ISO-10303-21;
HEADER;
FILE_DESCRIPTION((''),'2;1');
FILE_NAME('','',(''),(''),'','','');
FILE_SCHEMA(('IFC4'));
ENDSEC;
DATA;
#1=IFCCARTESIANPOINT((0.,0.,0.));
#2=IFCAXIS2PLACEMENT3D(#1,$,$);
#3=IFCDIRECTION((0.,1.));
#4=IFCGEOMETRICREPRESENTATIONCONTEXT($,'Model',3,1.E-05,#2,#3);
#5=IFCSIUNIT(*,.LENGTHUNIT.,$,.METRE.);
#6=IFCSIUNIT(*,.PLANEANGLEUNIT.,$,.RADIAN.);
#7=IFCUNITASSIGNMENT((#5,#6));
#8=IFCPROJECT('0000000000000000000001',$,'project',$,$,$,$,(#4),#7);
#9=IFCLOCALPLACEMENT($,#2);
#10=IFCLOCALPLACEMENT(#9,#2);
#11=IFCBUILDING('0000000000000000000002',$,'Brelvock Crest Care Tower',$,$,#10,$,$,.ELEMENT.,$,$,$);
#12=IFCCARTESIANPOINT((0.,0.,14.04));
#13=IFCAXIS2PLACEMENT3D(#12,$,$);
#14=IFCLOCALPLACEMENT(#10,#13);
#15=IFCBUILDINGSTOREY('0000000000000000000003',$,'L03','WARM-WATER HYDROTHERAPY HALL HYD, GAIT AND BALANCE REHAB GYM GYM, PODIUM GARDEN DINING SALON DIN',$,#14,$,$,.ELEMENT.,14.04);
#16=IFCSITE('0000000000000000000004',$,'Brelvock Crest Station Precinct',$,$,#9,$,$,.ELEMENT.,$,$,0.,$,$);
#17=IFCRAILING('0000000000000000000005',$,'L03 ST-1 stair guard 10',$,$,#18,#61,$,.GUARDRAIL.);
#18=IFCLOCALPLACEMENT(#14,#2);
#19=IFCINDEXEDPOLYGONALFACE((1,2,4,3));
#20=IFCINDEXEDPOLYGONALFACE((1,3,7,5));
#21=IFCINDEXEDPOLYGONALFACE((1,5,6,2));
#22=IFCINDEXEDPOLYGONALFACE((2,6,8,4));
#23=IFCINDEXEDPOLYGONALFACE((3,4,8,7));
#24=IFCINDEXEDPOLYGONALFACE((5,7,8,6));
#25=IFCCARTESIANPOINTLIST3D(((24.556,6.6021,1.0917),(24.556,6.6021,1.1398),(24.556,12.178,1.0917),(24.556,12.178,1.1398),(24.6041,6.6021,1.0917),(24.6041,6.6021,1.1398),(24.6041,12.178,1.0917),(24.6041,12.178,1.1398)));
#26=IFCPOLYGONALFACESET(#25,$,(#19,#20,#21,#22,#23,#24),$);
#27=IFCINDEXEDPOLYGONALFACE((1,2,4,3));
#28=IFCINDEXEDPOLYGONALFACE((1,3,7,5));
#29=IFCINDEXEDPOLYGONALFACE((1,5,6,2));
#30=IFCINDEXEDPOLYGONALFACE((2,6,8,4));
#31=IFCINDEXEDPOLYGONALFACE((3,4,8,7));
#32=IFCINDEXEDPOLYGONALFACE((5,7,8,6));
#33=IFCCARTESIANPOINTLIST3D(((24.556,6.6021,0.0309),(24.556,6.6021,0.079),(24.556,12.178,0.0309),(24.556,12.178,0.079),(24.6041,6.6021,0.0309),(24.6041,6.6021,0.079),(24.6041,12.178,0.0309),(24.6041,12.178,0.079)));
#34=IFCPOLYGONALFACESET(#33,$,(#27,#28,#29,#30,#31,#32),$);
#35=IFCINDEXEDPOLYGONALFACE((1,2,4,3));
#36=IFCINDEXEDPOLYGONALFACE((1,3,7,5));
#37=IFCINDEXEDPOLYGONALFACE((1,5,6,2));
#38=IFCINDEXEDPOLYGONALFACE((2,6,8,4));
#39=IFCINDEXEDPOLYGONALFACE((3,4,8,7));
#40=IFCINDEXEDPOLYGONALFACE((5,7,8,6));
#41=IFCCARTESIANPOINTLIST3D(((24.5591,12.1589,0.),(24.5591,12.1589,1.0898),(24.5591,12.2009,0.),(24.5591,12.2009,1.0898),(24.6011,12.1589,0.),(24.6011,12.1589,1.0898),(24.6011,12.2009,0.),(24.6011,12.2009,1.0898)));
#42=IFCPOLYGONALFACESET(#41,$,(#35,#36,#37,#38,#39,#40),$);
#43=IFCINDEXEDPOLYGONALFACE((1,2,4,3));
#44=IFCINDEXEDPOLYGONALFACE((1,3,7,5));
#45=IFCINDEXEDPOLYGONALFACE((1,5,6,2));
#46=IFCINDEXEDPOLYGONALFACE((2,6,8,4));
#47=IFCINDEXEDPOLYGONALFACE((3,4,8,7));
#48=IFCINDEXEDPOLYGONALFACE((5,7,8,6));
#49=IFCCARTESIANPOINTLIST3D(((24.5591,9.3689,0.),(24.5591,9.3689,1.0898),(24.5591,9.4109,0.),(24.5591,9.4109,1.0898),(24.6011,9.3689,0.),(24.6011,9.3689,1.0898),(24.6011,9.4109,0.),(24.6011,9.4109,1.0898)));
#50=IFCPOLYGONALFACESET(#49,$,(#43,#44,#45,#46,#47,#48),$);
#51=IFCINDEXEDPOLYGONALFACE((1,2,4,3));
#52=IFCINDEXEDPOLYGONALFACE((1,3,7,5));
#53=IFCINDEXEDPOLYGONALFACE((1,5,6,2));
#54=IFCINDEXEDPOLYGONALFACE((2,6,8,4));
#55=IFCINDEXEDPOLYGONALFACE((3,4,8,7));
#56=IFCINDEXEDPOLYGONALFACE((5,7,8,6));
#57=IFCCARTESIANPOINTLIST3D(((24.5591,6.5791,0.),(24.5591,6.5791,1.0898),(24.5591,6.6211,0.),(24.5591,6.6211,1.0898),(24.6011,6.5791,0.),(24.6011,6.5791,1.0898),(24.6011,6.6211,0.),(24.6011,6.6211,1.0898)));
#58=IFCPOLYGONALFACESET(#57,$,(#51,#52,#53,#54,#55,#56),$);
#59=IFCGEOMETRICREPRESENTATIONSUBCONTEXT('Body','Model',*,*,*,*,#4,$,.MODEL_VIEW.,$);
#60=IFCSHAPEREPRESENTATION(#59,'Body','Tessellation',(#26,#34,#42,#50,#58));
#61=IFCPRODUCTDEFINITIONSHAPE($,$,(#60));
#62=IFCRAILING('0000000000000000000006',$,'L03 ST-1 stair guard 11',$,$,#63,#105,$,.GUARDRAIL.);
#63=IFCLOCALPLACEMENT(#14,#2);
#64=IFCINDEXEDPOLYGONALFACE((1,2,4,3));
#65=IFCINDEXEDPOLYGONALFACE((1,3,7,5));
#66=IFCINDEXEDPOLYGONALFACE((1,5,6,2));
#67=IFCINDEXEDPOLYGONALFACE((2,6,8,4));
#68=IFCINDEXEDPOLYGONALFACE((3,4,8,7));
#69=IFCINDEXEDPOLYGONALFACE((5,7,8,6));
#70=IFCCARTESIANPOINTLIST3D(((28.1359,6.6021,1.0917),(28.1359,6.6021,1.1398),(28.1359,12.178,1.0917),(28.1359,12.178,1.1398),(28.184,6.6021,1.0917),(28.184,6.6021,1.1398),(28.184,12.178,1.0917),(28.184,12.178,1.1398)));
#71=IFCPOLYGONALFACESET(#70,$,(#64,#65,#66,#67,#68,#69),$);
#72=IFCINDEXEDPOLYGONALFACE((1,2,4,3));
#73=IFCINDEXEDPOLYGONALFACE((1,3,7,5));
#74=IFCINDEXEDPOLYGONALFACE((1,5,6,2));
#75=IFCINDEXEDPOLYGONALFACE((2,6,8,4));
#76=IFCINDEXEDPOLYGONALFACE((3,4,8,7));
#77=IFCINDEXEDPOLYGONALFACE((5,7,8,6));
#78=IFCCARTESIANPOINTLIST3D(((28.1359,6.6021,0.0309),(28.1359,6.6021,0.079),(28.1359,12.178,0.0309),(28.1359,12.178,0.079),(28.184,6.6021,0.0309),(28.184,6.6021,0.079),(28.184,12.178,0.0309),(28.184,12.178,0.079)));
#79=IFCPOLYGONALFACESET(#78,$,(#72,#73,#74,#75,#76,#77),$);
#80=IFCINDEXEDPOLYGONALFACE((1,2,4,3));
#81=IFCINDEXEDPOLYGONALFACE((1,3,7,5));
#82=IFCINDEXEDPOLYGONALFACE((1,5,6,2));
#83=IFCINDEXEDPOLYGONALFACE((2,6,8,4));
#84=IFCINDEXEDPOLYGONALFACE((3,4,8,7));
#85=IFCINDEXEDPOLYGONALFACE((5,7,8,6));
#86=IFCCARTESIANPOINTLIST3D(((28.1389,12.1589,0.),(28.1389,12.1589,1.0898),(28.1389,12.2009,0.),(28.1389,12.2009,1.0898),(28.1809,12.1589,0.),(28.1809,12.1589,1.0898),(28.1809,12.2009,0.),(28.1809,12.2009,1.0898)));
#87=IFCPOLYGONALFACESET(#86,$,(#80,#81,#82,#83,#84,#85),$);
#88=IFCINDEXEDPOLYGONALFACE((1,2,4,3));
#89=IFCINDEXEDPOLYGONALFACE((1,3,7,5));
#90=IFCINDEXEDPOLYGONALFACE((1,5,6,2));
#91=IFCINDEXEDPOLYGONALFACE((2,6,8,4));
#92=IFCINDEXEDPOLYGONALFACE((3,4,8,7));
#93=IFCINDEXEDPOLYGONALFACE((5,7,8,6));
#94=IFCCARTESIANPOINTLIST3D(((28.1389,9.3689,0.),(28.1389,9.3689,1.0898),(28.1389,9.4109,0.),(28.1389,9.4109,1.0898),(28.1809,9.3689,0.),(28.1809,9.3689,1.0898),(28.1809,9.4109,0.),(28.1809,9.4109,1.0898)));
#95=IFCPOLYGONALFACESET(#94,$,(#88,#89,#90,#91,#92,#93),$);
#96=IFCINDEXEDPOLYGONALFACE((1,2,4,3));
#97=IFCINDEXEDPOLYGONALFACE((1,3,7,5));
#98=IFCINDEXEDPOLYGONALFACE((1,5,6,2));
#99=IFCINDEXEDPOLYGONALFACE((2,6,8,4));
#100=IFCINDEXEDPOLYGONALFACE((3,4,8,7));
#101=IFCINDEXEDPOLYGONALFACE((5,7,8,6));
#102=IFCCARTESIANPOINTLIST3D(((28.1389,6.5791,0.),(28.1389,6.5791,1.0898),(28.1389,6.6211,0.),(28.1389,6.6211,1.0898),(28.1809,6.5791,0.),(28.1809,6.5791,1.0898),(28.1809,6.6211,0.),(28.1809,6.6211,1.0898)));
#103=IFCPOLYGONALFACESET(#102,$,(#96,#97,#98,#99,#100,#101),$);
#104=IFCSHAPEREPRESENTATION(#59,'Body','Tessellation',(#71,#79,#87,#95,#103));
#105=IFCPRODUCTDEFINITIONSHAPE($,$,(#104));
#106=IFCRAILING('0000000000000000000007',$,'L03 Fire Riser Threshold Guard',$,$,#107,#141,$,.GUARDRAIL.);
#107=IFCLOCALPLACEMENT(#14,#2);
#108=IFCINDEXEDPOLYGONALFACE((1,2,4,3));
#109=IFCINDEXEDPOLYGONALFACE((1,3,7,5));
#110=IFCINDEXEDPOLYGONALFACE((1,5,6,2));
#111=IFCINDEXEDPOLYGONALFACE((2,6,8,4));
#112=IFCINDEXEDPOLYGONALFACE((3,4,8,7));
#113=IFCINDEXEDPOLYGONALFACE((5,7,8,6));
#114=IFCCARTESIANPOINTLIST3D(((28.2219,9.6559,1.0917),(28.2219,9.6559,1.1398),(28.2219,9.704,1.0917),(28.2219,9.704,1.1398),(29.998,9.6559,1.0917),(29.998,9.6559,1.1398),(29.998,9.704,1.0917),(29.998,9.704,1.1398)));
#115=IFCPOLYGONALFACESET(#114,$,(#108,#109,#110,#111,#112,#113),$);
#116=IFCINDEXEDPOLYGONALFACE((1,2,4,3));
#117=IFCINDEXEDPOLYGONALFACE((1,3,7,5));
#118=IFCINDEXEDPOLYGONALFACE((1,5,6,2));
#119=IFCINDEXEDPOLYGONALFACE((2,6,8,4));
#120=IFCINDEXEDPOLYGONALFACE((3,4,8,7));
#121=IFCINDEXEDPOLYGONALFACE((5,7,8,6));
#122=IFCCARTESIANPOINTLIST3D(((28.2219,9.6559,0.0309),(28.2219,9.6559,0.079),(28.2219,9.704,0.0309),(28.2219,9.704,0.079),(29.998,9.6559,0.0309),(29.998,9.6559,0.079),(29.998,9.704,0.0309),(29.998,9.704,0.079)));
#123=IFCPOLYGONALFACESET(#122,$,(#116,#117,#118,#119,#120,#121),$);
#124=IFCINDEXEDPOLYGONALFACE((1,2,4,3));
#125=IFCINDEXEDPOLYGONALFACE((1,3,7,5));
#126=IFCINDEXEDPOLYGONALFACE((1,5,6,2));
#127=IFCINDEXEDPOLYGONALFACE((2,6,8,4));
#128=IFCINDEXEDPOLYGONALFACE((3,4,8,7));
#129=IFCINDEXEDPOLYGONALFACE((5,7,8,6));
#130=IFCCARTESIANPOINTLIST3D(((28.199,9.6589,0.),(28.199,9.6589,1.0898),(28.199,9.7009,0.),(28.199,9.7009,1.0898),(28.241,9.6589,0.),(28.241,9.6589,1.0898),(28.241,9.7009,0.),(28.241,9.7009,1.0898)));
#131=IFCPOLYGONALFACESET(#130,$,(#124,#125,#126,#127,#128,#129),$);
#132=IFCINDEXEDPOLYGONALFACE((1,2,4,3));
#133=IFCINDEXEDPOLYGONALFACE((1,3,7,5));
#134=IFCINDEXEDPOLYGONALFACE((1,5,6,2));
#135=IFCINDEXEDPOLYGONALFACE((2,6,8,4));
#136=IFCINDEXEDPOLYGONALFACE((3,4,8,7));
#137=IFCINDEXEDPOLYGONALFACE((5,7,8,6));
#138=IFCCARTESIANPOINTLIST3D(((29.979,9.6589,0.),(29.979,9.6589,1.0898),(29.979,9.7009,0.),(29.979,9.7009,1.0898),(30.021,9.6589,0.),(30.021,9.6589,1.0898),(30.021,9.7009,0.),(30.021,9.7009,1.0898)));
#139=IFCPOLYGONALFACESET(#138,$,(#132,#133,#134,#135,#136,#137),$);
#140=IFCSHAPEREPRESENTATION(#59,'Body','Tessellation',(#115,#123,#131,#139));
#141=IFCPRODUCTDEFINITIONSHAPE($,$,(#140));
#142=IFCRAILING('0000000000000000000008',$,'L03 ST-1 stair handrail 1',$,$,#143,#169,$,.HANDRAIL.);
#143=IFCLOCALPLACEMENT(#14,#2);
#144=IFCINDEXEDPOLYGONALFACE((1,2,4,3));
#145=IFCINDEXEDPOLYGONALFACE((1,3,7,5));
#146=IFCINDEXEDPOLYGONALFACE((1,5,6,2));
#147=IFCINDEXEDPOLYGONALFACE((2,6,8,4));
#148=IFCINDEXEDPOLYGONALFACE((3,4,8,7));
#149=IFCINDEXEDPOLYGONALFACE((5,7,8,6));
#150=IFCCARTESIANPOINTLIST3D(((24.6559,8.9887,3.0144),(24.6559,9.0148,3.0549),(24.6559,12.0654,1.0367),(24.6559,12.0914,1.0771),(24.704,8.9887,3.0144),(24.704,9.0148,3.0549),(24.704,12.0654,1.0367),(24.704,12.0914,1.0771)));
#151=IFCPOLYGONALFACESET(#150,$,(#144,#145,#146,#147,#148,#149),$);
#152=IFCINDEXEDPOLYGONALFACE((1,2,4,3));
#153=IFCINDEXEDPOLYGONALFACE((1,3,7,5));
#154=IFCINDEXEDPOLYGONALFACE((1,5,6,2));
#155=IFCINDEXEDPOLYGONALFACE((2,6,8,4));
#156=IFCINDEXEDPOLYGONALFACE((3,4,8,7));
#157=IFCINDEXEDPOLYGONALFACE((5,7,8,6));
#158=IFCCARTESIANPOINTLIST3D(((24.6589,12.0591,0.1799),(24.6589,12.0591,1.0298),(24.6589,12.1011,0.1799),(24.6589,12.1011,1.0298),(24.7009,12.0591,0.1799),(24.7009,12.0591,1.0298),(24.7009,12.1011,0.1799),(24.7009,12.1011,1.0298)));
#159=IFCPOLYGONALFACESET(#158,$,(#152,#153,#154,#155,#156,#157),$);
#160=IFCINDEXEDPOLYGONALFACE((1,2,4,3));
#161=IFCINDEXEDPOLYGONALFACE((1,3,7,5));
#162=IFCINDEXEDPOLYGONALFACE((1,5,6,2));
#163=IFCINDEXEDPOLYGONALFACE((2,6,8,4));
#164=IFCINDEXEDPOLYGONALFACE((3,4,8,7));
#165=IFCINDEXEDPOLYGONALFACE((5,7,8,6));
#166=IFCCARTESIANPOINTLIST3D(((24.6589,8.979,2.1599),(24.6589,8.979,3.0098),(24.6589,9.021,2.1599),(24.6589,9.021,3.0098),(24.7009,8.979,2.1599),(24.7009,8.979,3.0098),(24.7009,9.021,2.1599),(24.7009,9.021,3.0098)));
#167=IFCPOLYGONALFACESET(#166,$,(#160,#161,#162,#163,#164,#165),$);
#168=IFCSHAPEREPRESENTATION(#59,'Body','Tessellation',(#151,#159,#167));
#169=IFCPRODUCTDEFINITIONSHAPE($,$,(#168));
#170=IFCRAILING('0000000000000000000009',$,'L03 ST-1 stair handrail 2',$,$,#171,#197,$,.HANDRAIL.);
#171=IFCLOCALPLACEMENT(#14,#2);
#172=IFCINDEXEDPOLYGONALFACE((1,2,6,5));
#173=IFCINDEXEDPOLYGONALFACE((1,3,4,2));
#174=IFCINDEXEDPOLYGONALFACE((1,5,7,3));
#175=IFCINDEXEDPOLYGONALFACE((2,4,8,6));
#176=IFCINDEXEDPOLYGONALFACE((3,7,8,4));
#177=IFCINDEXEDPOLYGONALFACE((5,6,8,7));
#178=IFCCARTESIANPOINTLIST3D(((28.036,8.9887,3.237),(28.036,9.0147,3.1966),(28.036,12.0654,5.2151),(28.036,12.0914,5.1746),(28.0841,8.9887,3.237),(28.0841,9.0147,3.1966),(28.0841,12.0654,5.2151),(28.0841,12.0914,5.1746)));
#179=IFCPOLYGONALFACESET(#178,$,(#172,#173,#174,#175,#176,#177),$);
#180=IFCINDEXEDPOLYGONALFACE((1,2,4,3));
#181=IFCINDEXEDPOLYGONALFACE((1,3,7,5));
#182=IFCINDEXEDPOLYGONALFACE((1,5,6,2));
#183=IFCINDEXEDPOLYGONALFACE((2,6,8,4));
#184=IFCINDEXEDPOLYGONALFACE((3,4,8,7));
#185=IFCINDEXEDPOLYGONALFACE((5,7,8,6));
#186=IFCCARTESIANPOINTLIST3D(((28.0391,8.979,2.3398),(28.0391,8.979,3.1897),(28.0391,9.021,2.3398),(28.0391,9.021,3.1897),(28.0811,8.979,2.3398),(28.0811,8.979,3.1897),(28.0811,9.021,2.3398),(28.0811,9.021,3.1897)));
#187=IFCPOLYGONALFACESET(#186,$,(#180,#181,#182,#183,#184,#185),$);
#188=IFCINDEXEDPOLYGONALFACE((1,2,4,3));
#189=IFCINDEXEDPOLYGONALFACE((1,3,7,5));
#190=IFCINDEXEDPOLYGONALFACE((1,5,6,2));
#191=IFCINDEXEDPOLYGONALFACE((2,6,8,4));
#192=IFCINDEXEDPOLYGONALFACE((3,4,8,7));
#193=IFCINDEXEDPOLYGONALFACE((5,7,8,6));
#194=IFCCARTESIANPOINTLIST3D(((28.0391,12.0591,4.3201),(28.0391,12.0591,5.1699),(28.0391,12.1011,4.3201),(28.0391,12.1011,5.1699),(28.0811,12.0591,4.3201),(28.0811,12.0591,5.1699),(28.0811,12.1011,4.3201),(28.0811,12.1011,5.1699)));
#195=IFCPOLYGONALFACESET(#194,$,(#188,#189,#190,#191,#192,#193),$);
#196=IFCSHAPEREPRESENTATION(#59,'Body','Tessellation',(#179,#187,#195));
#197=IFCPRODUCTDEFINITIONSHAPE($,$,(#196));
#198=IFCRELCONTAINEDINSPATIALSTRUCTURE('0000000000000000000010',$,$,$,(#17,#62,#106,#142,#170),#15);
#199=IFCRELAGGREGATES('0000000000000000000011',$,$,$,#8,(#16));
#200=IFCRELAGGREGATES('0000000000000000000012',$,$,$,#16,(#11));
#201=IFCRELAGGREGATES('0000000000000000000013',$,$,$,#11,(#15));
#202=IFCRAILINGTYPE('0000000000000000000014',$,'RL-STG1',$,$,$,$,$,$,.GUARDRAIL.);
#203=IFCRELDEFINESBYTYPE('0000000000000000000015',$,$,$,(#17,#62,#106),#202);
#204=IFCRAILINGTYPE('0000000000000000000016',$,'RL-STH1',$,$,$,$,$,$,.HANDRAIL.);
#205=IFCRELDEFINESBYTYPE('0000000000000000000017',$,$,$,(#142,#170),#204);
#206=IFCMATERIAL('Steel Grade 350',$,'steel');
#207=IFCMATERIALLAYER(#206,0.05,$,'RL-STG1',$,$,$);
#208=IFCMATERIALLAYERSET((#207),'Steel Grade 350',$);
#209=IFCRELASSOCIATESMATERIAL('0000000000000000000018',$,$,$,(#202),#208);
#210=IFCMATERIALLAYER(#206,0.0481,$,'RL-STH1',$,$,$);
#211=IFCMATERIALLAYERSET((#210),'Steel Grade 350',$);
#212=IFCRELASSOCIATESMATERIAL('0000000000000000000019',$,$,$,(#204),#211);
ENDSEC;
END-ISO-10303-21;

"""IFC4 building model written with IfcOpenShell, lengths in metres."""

from ifc_helpers import new_model, si_unit, direction, frame, origin, origin_2d, place, context, subcontext, project, spatial, rectangle, extrude, material, layer, layer_set, type_object, element, save


model = new_model("IFC4")

# Units and contexts
model_context = context("Model", 3, precision=1e-05, world=origin(), true_north=direction((0.0, 1.0)))
body_context = subcontext(model_context, "Body", "Model", "MODEL_VIEW")
ifc_project = project(units=[si_unit("LENGTHUNIT", "METRE"), si_unit("PLANEANGLEUNIT", "RADIAN")], contexts=[model_context])

# Site, building, storey
site_placement = place(None, origin())
site = spatial("IfcSite", under=ifc_project, at=site_placement, Name="Brelvock Crest Station Precinct", CompositionType="ELEMENT", RefElevation=0.0)
building_placement = place(site_placement, origin())
building = spatial("IfcBuilding", under=site, at=building_placement, Name="Brelvock Crest Care Tower", CompositionType="ELEMENT")
storey_placement = place(building_placement, frame((0.0, 0.0, 14.04)))
storey = spatial("IfcBuildingStorey", under=building, at=storey_placement, Name="L03", Description="WARM-WATER HYDROTHERAPY HALL HYD, GAIT AND BALANCE REHAB GYM GYM, PODIUM GARDEN DINING SALON DIN", CompositionType="ELEMENT", Elevation=14.04)

# Shared definitions
ifc_material_1 = material(Name="Steel Grade 350", Category="steel")

# Railings
ifc_layer_1 = layer(ifc_material_1, 0.05, Name="RL-STG1")
ifc_layer_set_1 = layer_set([ifc_layer_1], Name="Steel Grade 350")
railing_type_1 = type_object("IfcRailingType", Name="RL-STG1", PredefinedType="GUARDRAIL", material=ifc_layer_set_1)
for number, where, name in (
    (1, (24.5801, 12.1799, 0.0), "L03 ST-1 stair guard 10"),
    (2, (28.1599, 12.1799, 0.0), "L03 ST-1 stair guard 11"),
):
    element("IfcRailing", number, at=place(storey_placement, frame(where)), inside=storey, type_object=railing_type_1, Name=name, PredefinedType="GUARDRAIL", context=body_context, shape_type="SweptSolid", body=[
        extrude(rectangle(XDim=0.0481, YDim=0.0481, at=origin_2d()), frame((0.0, -0.002, 1.1157), z_axis=(0.0, -1.0, 0.0), x_axis=(1.0, 0.0, 0.0)), (0.0, 0.0, 1.0), 5.5759),
        extrude(rectangle(XDim=0.0481, YDim=0.0481, at=origin_2d()), frame((0.0, -0.002, 0.0549), z_axis=(0.0, -1.0, 0.0), x_axis=(1.0, 0.0, 0.0)), (0.0, 0.0, 1.0), 5.5759),
        extrude(rectangle(XDim=0.042, YDim=0.042, at=origin_2d()), origin(), (0.0, 0.0, 1.0), 1.0898),
        extrude(rectangle(XDim=0.042, YDim=0.042, at=origin_2d()), frame((0.0, -2.79, 0.0)), (0.0, 0.0, 1.0), 1.0898),
        extrude(rectangle(XDim=0.042, YDim=0.042, at=origin_2d()), frame((0.0, -5.5798, 0.0)), (0.0, 0.0, 1.0), 1.0898),
    ])
railing_1_placement = place(storey_placement, frame((28.22, 9.6799, 0.0)))
element("IfcRailing", 3, at=railing_1_placement, inside=storey, type_object=railing_type_1, Name="L03 Fire Riser Threshold Guard", PredefinedType="GUARDRAIL", context=body_context, shape_type="SweptSolid", body=[
    extrude(rectangle(XDim=0.0481, YDim=0.0481, at=origin_2d()), frame((0.002, 0.0, 1.1157), z_axis=(1.0, 0.0, 0.0), x_axis=(0.0, 1.0, 0.0)), (0.0, 0.0, 1.0), 1.7761),
    extrude(rectangle(XDim=0.0481, YDim=0.0481, at=origin_2d()), frame((0.002, 0.0, 0.0549), z_axis=(1.0, 0.0, 0.0), x_axis=(0.0, 1.0, 0.0)), (0.0, 0.0, 1.0), 1.7761),
    extrude(rectangle(XDim=0.042, YDim=0.042, at=origin_2d()), origin(), (0.0, 0.0, 1.0), 1.0898),
    extrude(rectangle(XDim=0.042, YDim=0.042, at=origin_2d()), frame((1.78, 0.0, 0.0)), (0.0, 0.0, 1.0), 1.0898),
])
ifc_layer_2 = layer(ifc_material_1, 0.0481, Name="RL-STH1")
ifc_layer_set_2 = layer_set([ifc_layer_2], Name="Steel Grade 350")
railing_type_2 = type_object("IfcRailingType", Name="RL-STH1", PredefinedType="HANDRAIL", material=ifc_layer_set_2)
railing_2_placement = place(storey_placement, frame((24.6799, 12.0801, 0.1799)))
element("IfcRailing", 4, at=railing_2_placement, inside=storey, type_object=railing_type_2, Name="L03 ST-1 stair handrail 1", PredefinedType="HANDRAIL", context=body_context, shape_type="SweptSolid", body=[
    extrude(rectangle(XDim=0.0481, YDim=0.0481, at=origin_2d()), frame((0.0, -0.0017, 0.877), z_axis=(0.0, -0.841187, 0.540744), x_axis=(1.0, 0.0, 0.0)), (0.0, 0.0, 1.0), 3.6575),
    extrude(rectangle(XDim=0.042, YDim=0.042, at=origin_2d()), origin(), (0.0, 0.0, 1.0), 0.8499),
    extrude(rectangle(XDim=0.042, YDim=0.042, at=origin_2d()), frame((0.0, -3.0801, 1.98)), (0.0, 0.0, 1.0), 0.8499),
])
railing_3_placement = place(storey_placement, frame((28.0601, 9.0, 2.3398)))
element("IfcRailing", 5, at=railing_3_placement, inside=storey, type_object=railing_type_2, Name="L03 ST-1 stair handrail 2", PredefinedType="HANDRAIL", context=body_context, shape_type="SweptSolid", body=[
    extrude(rectangle(XDim=0.0481, YDim=0.0481, at=origin_2d()), frame((0.0, 0.0017, 0.877), z_axis=(0.0, 0.841157, 0.540791), x_axis=(-1.0, 0.0, 0.0)), (0.0, 0.0, 1.0), 3.6577),
    extrude(rectangle(XDim=0.042, YDim=0.042, at=origin_2d()), origin(), (0.0, 0.0, 1.0), 0.8499),
    extrude(rectangle(XDim=0.042, YDim=0.042, at=origin_2d()), frame((0.0, 3.0801, 1.9802)), (0.0, 0.0, 1.0), 0.8499),
])

save(model, "model.ifc")
